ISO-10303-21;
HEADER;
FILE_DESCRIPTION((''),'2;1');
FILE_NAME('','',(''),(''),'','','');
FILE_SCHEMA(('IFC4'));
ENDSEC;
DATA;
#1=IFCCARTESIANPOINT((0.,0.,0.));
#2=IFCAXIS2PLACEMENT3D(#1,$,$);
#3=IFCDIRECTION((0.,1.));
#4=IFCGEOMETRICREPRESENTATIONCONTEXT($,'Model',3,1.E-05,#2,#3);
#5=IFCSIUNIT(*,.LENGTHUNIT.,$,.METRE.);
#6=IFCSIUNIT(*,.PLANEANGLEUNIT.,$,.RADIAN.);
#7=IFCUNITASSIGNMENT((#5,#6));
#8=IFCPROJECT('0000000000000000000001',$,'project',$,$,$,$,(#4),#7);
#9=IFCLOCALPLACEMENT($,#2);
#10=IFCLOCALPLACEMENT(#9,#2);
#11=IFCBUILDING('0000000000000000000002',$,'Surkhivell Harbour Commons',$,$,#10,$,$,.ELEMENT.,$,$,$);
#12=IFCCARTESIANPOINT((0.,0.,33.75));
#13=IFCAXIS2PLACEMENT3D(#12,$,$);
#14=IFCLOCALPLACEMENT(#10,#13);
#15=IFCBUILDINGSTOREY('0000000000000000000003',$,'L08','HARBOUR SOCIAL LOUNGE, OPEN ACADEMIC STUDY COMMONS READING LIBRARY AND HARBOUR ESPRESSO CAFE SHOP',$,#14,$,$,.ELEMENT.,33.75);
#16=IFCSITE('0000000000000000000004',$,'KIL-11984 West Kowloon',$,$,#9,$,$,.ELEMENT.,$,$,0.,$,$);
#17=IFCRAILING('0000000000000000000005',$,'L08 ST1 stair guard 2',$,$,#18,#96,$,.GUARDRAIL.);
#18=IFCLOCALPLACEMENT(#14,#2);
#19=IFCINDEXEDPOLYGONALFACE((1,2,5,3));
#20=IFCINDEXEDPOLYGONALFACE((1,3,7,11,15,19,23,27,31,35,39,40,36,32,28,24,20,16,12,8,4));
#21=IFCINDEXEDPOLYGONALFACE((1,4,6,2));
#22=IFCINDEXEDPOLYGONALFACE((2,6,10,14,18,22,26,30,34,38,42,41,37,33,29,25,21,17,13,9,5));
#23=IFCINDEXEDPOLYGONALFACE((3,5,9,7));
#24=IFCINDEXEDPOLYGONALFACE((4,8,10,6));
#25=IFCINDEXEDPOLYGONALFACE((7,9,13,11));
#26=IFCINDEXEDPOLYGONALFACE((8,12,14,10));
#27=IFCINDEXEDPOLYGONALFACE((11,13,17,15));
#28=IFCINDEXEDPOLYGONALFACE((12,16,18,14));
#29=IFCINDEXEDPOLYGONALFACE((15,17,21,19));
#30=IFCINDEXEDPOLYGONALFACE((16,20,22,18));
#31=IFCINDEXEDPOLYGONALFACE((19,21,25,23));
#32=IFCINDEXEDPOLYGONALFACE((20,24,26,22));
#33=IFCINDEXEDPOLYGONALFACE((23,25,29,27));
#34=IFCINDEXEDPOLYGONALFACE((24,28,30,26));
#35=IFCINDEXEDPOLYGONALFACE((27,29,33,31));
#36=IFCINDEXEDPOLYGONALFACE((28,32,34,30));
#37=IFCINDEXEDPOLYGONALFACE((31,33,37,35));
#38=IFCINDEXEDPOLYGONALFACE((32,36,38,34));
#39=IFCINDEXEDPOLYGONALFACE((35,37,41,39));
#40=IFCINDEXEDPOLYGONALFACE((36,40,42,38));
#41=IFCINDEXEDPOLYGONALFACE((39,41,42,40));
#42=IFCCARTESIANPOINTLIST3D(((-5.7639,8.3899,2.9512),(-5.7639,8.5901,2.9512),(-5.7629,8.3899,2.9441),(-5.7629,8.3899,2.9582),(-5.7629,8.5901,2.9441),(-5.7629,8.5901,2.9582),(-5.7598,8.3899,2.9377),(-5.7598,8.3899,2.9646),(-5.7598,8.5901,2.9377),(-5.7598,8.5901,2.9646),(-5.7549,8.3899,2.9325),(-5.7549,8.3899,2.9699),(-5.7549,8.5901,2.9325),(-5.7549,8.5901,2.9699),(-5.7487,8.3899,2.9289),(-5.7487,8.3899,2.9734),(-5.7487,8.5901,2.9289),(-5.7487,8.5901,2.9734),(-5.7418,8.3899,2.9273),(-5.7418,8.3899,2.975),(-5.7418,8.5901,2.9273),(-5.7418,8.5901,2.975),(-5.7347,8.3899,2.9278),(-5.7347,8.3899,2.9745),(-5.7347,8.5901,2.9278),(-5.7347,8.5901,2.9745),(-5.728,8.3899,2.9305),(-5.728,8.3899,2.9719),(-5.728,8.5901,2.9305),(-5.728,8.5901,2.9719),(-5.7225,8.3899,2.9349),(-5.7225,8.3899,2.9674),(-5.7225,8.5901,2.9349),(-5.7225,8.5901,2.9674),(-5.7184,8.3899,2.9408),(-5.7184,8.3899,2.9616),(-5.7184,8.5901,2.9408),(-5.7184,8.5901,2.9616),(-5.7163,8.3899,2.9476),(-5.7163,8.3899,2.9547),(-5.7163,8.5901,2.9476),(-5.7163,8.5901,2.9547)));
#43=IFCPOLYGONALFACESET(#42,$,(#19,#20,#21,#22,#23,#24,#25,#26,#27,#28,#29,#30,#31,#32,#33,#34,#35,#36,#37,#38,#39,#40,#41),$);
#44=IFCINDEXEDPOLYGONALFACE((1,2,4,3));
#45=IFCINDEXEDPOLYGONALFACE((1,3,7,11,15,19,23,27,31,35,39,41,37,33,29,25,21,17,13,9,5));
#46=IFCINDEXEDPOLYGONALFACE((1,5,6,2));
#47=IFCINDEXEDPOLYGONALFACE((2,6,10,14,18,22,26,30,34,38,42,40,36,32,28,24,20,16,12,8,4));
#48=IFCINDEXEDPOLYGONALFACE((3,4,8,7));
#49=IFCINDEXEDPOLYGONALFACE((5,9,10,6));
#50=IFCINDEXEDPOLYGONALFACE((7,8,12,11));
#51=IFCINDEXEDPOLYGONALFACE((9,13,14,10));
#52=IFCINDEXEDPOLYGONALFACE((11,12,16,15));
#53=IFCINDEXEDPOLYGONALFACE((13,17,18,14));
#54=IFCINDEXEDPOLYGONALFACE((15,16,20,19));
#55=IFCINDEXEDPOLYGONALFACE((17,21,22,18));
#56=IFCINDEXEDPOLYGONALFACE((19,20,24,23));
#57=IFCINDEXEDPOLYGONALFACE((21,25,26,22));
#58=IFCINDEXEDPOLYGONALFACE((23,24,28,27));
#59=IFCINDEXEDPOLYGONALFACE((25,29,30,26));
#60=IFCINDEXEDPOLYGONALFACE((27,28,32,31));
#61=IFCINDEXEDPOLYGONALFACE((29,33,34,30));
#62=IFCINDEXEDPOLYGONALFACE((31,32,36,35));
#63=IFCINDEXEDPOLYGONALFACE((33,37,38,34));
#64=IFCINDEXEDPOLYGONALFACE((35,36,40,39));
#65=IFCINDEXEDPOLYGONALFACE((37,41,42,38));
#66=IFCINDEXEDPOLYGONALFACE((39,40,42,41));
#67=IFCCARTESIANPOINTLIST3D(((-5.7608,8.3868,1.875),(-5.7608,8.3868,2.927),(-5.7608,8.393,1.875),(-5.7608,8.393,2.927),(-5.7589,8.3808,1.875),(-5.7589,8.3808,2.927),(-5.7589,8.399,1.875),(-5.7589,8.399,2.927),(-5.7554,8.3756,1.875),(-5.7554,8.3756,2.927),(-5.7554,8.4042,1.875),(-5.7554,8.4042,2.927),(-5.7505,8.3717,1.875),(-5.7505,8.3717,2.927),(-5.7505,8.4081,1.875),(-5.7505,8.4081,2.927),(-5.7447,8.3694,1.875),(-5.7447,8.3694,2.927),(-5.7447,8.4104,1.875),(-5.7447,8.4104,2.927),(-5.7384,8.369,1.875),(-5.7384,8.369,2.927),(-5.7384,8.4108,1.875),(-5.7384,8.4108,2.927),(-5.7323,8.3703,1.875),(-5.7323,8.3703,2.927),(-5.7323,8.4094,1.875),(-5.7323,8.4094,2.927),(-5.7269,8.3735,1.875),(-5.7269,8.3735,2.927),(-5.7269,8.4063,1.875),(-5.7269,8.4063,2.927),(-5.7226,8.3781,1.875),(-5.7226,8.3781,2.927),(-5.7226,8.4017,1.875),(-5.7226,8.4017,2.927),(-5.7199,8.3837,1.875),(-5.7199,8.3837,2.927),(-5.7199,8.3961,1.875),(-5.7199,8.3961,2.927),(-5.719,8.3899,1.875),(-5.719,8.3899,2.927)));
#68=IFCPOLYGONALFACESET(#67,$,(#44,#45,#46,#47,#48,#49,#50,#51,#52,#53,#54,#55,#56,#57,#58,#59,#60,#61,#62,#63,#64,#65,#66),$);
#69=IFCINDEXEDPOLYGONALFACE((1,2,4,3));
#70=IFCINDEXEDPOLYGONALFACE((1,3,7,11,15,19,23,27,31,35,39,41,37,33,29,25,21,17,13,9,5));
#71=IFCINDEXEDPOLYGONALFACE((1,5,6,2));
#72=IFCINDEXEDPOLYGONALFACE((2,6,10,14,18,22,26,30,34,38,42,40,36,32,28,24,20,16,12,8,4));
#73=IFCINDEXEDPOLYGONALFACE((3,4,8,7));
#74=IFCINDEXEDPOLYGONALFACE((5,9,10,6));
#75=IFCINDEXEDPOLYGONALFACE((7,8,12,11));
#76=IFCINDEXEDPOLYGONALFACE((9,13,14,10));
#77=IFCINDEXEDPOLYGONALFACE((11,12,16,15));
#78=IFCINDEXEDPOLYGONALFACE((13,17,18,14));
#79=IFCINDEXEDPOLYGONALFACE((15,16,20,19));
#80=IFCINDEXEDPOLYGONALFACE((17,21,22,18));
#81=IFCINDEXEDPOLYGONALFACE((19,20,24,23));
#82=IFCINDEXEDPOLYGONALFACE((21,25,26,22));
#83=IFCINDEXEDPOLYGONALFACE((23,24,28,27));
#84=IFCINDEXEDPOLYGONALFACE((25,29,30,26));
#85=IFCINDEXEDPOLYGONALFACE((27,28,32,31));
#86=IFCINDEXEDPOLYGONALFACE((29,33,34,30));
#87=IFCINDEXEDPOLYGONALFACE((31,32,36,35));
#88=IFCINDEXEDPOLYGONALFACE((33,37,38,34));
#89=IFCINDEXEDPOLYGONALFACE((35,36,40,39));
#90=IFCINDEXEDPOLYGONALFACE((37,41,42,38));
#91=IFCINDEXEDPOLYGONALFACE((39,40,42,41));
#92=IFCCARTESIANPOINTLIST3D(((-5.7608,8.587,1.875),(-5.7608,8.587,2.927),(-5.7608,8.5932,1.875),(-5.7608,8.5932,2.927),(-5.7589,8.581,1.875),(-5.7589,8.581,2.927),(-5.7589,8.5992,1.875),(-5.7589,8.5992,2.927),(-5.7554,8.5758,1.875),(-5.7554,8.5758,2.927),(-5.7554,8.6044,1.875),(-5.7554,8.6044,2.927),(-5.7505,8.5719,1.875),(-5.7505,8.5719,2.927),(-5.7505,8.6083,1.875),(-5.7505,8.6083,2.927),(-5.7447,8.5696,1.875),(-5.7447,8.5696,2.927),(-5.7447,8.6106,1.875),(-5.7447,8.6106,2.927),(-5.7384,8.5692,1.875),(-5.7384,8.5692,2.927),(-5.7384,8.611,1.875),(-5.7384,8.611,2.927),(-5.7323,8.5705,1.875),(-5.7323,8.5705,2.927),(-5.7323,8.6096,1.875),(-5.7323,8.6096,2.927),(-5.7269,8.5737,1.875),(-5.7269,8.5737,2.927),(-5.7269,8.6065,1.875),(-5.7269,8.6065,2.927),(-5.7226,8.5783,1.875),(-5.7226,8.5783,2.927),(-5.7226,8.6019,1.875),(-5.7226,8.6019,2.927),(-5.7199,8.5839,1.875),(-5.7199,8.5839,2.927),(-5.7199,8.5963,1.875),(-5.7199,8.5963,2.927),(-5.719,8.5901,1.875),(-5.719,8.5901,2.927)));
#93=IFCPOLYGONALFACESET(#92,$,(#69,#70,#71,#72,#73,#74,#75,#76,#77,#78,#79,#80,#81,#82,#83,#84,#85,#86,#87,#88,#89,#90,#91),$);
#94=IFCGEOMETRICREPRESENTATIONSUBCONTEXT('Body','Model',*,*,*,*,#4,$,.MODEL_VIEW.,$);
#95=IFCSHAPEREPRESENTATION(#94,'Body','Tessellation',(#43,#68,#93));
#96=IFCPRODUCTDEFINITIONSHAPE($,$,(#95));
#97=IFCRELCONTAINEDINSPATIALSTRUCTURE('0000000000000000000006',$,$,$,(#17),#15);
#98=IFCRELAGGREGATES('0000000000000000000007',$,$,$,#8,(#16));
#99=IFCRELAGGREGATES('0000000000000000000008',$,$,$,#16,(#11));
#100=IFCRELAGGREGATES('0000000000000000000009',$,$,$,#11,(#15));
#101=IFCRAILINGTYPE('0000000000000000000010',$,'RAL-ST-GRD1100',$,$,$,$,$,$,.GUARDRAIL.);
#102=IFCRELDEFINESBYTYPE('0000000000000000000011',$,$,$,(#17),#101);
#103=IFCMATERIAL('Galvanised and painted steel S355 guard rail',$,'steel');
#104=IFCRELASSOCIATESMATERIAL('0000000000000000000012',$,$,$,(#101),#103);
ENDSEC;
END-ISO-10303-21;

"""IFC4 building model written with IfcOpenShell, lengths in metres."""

from ifc_helpers import new_model, si_unit, direction, frame, origin, origin_2d, place, context, subcontext, project, spatial, circle, extrude, material, type_object, element, save


model = new_model("IFC4")

# Units and contexts
model_context = context("Model", 3, precision=1e-05, world=origin(), true_north=direction((0.0, 1.0)))
body_context = subcontext(model_context, "Body", "Model", "MODEL_VIEW")
ifc_project = project(units=[si_unit("LENGTHUNIT", "METRE"), si_unit("PLANEANGLEUNIT", "RADIAN")], contexts=[model_context])

# Site, building, storey
site_placement = place(None, origin())
site = spatial("IfcSite", under=ifc_project, at=site_placement, Name="KIL-11984 West Kowloon", CompositionType="ELEMENT", RefElevation=0.0)
building_placement = place(site_placement, origin())
building = spatial("IfcBuilding", under=site, at=building_placement, Name="Surkhivell Harbour Commons", CompositionType="ELEMENT")
storey_placement = place(building_placement, frame((0.0, 0.0, 33.75)))
storey = spatial("IfcBuildingStorey", under=building, at=storey_placement, Name="L08", Description="HARBOUR SOCIAL LOUNGE, OPEN ACADEMIC STUDY COMMONS READING LIBRARY AND HARBOUR ESPRESSO CAFE SHOP", CompositionType="ELEMENT", Elevation=33.75)

# Railing
ifc_material_1 = material(Name="Galvanised and painted steel S355 guard rail", Category="steel")
railing_type_1 = type_object("IfcRailingType", Name="RAL-ST-GRD1100", PredefinedType="GUARDRAIL", material=ifc_material_1)
railing_1_placement = place(storey_placement, frame((-5.74, 8.3899, 1.875)))
element("IfcRailing", 1, at=railing_1_placement, inside=storey, type_object=railing_type_1, Name="L08 ST1 stair guard 2", PredefinedType="GUARDRAIL", context=body_context, shape_type="SweptSolid", body=[
    extrude(circle(Radius=0.0239, at=origin_2d()), frame((0.0, 0.0, 1.0762), z_axis=(0.0, 1.0, 0.0), x_axis=(-1.0, 0.0, 0.0)), (0.0, 0.0, 1.0), 0.2002),
    extrude(circle(Radius=0.021, at=origin_2d()), origin(), (0.0, 0.0, 1.0), 1.052),
    extrude(circle(Radius=0.021, at=origin_2d()), frame((0.0, 0.2002, 0.0)), (0.0, 0.0, 1.0), 1.052),
])

save(model, "model.ifc")
